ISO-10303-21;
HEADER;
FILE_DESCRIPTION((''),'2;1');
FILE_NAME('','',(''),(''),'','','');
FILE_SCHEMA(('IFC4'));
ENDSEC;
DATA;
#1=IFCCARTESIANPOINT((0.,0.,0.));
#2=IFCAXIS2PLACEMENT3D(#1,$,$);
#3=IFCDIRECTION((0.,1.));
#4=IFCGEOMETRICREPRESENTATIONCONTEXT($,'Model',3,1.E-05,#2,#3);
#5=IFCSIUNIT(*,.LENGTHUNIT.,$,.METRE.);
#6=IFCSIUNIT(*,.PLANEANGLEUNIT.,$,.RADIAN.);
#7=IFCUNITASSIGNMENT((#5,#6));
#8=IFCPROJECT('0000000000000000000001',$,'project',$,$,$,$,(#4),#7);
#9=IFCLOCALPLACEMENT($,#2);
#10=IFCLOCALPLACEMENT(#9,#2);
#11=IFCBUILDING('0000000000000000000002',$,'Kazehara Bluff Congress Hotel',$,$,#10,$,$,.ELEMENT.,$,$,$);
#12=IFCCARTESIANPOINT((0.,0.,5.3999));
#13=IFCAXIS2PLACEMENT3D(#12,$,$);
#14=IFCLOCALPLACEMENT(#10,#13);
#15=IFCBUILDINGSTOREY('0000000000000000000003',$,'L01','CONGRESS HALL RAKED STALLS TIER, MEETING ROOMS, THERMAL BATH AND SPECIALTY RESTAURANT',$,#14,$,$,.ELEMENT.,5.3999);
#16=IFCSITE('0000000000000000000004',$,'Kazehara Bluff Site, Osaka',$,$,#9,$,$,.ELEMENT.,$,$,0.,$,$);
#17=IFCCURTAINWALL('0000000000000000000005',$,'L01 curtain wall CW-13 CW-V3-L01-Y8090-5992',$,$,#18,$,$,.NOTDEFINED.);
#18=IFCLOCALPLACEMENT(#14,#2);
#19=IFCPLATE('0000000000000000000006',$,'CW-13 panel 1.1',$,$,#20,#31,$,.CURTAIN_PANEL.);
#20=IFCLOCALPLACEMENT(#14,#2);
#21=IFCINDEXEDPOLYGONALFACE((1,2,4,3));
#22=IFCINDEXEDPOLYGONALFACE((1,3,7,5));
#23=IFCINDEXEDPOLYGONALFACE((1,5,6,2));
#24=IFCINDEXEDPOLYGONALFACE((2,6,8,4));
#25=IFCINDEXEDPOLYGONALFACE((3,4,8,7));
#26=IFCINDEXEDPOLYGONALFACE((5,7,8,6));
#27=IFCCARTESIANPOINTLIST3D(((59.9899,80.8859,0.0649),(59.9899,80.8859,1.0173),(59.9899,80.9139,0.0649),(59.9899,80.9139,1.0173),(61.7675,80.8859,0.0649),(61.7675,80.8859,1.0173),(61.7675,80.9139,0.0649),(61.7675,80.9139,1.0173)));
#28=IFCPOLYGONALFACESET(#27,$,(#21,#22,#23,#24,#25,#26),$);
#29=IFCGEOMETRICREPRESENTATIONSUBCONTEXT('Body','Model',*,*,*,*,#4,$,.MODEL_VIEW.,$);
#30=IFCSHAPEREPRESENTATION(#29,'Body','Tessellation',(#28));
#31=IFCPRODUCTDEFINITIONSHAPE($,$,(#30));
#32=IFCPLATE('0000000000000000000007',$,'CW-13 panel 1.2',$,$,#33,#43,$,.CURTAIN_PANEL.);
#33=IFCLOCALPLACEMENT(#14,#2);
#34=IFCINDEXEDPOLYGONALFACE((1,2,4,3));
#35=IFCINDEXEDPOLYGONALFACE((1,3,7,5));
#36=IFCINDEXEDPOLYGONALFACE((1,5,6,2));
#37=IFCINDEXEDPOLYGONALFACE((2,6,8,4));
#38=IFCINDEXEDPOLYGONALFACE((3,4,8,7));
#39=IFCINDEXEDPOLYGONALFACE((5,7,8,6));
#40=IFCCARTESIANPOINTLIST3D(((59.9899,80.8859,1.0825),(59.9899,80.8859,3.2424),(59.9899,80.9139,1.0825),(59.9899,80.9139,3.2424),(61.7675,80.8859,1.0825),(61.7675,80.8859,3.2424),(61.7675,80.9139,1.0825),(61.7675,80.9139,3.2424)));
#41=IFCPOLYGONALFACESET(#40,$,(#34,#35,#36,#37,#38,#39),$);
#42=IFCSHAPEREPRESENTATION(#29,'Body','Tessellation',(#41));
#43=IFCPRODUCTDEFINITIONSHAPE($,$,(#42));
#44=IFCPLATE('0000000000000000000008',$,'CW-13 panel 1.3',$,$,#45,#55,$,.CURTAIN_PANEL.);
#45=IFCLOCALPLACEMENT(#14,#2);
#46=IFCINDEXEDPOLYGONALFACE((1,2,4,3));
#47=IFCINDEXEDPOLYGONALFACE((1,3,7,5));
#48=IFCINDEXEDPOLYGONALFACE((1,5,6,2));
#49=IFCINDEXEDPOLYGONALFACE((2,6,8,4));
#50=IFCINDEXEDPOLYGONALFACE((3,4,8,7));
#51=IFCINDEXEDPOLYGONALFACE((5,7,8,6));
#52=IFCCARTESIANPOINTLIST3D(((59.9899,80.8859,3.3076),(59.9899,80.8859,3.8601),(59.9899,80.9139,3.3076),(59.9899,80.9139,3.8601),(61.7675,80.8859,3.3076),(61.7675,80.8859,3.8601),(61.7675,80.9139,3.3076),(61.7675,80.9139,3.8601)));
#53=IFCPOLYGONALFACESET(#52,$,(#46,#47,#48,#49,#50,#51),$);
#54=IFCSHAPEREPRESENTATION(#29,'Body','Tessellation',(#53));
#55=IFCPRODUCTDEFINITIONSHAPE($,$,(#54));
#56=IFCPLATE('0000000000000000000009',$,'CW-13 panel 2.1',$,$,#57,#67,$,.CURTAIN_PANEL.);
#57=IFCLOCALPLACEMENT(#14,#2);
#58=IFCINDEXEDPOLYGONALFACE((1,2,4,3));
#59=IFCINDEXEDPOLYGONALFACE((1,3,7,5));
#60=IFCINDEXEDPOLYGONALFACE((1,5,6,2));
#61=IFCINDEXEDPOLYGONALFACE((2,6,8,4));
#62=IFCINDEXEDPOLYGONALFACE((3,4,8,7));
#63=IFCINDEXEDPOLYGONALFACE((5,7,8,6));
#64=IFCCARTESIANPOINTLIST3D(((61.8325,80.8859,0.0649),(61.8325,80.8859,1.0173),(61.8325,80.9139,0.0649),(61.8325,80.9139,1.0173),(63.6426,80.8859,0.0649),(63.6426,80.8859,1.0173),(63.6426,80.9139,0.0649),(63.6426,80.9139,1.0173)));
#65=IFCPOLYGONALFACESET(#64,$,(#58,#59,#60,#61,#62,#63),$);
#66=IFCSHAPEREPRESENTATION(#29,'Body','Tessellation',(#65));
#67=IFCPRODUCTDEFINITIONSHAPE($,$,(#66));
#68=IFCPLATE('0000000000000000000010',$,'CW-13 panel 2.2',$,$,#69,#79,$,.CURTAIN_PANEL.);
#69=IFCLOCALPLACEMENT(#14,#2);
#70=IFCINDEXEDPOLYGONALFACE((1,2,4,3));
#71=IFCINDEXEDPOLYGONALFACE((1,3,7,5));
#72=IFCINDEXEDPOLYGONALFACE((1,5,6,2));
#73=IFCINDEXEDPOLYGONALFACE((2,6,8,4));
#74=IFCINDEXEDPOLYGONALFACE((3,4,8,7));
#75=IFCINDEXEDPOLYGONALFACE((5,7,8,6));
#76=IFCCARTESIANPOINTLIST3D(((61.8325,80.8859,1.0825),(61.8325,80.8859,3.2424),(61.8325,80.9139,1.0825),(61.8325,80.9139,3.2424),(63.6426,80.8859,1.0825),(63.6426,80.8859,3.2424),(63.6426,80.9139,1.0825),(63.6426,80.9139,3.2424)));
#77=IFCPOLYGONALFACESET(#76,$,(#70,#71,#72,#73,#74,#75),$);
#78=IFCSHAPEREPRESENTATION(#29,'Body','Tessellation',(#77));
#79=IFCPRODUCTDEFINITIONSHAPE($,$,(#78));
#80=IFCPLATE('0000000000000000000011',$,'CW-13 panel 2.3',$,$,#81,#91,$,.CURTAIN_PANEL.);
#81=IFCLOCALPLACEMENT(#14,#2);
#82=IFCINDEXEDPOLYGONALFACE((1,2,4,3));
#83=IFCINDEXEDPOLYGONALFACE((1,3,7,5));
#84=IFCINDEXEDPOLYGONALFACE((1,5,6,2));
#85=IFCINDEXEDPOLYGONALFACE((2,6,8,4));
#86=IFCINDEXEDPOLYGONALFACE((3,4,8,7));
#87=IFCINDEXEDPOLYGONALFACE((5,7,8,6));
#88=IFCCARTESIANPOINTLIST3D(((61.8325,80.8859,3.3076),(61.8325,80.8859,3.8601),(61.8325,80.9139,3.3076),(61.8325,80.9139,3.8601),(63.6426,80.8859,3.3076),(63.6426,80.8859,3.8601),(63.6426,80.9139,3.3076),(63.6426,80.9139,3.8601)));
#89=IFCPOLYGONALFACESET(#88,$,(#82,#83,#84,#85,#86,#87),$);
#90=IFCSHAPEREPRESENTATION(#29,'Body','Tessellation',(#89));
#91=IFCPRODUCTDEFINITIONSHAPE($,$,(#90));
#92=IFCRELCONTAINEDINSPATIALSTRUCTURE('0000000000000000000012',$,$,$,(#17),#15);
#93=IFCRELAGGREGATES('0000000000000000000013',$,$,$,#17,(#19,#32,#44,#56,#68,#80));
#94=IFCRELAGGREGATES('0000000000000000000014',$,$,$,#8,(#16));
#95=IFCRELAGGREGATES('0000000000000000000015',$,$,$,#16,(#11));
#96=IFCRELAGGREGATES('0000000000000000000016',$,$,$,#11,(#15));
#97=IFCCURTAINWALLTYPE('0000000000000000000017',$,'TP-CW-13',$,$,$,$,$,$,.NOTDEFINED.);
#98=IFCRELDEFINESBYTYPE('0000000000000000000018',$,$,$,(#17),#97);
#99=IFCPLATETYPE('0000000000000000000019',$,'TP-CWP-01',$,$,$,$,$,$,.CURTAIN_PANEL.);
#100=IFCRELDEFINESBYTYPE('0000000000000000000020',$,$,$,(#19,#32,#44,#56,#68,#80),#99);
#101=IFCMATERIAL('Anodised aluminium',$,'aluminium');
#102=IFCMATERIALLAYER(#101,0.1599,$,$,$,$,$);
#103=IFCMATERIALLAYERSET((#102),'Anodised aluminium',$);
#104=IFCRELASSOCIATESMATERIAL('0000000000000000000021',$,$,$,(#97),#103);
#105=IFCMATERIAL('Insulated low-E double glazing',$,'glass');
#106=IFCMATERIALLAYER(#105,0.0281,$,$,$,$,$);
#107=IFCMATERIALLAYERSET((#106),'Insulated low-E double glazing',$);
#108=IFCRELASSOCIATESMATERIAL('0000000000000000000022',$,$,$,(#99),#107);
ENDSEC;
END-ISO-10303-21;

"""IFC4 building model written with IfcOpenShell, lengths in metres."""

from ifc_helpers import new_model, si_unit, direction, frame, origin, origin_2d, place, context, subcontext, project, spatial, rectangle, extrude, material, layer, layer_set, type_object, element, aggregate, save


model = new_model("IFC4")

# Units and contexts
model_context = context("Model", 3, precision=1e-05, world=origin(), true_north=direction((0.0, 1.0)))
body_context = subcontext(model_context, "Body", "Model", "MODEL_VIEW")
ifc_project = project(units=[si_unit("LENGTHUNIT", "METRE"), si_unit("PLANEANGLEUNIT", "RADIAN")], contexts=[model_context])

# Site, building, storey
site_placement = place(None, origin())
site = spatial("IfcSite", under=ifc_project, at=site_placement, Name="Kazehara Bluff Site, Osaka", CompositionType="ELEMENT", RefElevation=0.0)
building_placement = place(site_placement, origin())
building = spatial("IfcBuilding", under=site, at=building_placement, Name="Kazehara Bluff Congress Hotel", CompositionType="ELEMENT")
storey_placement = place(building_placement, frame((0.0, 0.0, 5.3999)))
storey = spatial("IfcBuildingStorey", under=building, at=storey_placement, Name="L01", Description="CONGRESS HALL RAKED STALLS TIER, MEETING ROOMS, THERMAL BATH AND SPECIALTY RESTAURANT", CompositionType="ELEMENT", Elevation=5.3999)

# Curtain wall
ifc_material_1 = material(Name="Anodised aluminium", Category="aluminium")
ifc_layer_1 = layer(ifc_material_1, 0.1599)
ifc_layer_set_1 = layer_set([ifc_layer_1], Name="Anodised aluminium")
curtain_wall_type_1 = type_object("IfcCurtainWallType", Name="TP-CW-13", PredefinedType="NOTDEFINED", material=ifc_layer_set_1)
curtain_wall_1_placement = place(storey_placement, origin())
curtain_wall_1 = element("IfcCurtainWall", 1, at=curtain_wall_1_placement, inside=storey, type_object=curtain_wall_type_1, Name="L01 curtain wall CW-13 CW-V3-L01-Y8090-5992", PredefinedType="NOTDEFINED")

# Plates
ifc_material_2 = material(Name="Insulated low-E double glazing", Category="glass")
ifc_layer_2 = layer(ifc_material_2, 0.0281)
ifc_layer_set_2 = layer_set([ifc_layer_2], Name="Insulated low-E double glazing")
plate_type = type_object("IfcPlateType", Name="TP-CWP-01", PredefinedType="CURTAIN_PANEL", material=ifc_layer_set_2)
plate_1_placement = place(storey_placement, frame((60.8787, 80.8999, 0.0649), z_axis=(0.0, 0.0, 1.0), x_axis=(1.0, 0.0, 0.0)))
plate_1 = element("IfcPlate", 2, at=plate_1_placement, type_object=plate_type, Name="CW-13 panel 1.1", PredefinedType="CURTAIN_PANEL", context=body_context, shape_type="SweptSolid", body=[
    extrude(rectangle(XDim=1.7776, YDim=0.0281, at=origin_2d()), origin(), (0.0, 0.0, 1.0), 0.9524),
])
plate_2_placement = place(storey_placement, frame((60.8787, 80.8999, 1.0825), z_axis=(0.0, 0.0, 1.0), x_axis=(1.0, 0.0, 0.0)))
plate_2 = element("IfcPlate", 3, at=plate_2_placement, type_object=plate_type, Name="CW-13 panel 1.2", PredefinedType="CURTAIN_PANEL", context=body_context, shape_type="SweptSolid", body=[
    extrude(rectangle(XDim=1.7776, YDim=0.0281, at=origin_2d()), origin(), (0.0, 0.0, 1.0), 2.1599),
])
plate_3_placement = place(storey_placement, frame((60.8787, 80.8999, 3.3076), z_axis=(0.0, 0.0, 1.0), x_axis=(1.0, 0.0, 0.0)))
plate_3 = element("IfcPlate", 4, at=plate_3_placement, type_object=plate_type, Name="CW-13 panel 1.3", PredefinedType="CURTAIN_PANEL", context=body_context, shape_type="SweptSolid", body=[
    extrude(rectangle(XDim=1.7776, YDim=0.0281, at=origin_2d()), origin(), (0.0, 0.0, 1.0), 0.5525),
])
plate_4_placement = place(storey_placement, frame((62.7375, 80.8999, 0.0649), z_axis=(0.0, 0.0, 1.0), x_axis=(1.0, 0.0, 0.0)))
plate_4 = element("IfcPlate", 5, at=plate_4_placement, type_object=plate_type, Name="CW-13 panel 2.1", PredefinedType="CURTAIN_PANEL", context=body_context, shape_type="SweptSolid", body=[
    extrude(rectangle(XDim=1.8101, YDim=0.0281, at=origin_2d()), origin(), (0.0, 0.0, 1.0), 0.9524),
])
plate_5_placement = place(storey_placement, frame((62.7375, 80.8999, 1.0825), z_axis=(0.0, 0.0, 1.0), x_axis=(1.0, 0.0, 0.0)))
plate_5 = element("IfcPlate", 6, at=plate_5_placement, type_object=plate_type, Name="CW-13 panel 2.2", PredefinedType="CURTAIN_PANEL", context=body_context, shape_type="SweptSolid", body=[
    extrude(rectangle(XDim=1.8101, YDim=0.0281, at=origin_2d()), origin(), (0.0, 0.0, 1.0), 2.1599),
])
plate_6_placement = place(storey_placement, frame((62.7375, 80.8999, 3.3076), z_axis=(0.0, 0.0, 1.0), x_axis=(1.0, 0.0, 0.0)))
plate_6 = element("IfcPlate", 7, at=plate_6_placement, type_object=plate_type, Name="CW-13 panel 2.3", PredefinedType="CURTAIN_PANEL", context=body_context, shape_type="SweptSolid", body=[
    extrude(rectangle(XDim=1.8101, YDim=0.0281, at=origin_2d()), origin(), (0.0, 0.0, 1.0), 0.5525),
])
aggregate(curtain_wall_1, [plate_1, plate_2, plate_3, plate_4, plate_5, plate_6])

save(model, "model.ifc")
